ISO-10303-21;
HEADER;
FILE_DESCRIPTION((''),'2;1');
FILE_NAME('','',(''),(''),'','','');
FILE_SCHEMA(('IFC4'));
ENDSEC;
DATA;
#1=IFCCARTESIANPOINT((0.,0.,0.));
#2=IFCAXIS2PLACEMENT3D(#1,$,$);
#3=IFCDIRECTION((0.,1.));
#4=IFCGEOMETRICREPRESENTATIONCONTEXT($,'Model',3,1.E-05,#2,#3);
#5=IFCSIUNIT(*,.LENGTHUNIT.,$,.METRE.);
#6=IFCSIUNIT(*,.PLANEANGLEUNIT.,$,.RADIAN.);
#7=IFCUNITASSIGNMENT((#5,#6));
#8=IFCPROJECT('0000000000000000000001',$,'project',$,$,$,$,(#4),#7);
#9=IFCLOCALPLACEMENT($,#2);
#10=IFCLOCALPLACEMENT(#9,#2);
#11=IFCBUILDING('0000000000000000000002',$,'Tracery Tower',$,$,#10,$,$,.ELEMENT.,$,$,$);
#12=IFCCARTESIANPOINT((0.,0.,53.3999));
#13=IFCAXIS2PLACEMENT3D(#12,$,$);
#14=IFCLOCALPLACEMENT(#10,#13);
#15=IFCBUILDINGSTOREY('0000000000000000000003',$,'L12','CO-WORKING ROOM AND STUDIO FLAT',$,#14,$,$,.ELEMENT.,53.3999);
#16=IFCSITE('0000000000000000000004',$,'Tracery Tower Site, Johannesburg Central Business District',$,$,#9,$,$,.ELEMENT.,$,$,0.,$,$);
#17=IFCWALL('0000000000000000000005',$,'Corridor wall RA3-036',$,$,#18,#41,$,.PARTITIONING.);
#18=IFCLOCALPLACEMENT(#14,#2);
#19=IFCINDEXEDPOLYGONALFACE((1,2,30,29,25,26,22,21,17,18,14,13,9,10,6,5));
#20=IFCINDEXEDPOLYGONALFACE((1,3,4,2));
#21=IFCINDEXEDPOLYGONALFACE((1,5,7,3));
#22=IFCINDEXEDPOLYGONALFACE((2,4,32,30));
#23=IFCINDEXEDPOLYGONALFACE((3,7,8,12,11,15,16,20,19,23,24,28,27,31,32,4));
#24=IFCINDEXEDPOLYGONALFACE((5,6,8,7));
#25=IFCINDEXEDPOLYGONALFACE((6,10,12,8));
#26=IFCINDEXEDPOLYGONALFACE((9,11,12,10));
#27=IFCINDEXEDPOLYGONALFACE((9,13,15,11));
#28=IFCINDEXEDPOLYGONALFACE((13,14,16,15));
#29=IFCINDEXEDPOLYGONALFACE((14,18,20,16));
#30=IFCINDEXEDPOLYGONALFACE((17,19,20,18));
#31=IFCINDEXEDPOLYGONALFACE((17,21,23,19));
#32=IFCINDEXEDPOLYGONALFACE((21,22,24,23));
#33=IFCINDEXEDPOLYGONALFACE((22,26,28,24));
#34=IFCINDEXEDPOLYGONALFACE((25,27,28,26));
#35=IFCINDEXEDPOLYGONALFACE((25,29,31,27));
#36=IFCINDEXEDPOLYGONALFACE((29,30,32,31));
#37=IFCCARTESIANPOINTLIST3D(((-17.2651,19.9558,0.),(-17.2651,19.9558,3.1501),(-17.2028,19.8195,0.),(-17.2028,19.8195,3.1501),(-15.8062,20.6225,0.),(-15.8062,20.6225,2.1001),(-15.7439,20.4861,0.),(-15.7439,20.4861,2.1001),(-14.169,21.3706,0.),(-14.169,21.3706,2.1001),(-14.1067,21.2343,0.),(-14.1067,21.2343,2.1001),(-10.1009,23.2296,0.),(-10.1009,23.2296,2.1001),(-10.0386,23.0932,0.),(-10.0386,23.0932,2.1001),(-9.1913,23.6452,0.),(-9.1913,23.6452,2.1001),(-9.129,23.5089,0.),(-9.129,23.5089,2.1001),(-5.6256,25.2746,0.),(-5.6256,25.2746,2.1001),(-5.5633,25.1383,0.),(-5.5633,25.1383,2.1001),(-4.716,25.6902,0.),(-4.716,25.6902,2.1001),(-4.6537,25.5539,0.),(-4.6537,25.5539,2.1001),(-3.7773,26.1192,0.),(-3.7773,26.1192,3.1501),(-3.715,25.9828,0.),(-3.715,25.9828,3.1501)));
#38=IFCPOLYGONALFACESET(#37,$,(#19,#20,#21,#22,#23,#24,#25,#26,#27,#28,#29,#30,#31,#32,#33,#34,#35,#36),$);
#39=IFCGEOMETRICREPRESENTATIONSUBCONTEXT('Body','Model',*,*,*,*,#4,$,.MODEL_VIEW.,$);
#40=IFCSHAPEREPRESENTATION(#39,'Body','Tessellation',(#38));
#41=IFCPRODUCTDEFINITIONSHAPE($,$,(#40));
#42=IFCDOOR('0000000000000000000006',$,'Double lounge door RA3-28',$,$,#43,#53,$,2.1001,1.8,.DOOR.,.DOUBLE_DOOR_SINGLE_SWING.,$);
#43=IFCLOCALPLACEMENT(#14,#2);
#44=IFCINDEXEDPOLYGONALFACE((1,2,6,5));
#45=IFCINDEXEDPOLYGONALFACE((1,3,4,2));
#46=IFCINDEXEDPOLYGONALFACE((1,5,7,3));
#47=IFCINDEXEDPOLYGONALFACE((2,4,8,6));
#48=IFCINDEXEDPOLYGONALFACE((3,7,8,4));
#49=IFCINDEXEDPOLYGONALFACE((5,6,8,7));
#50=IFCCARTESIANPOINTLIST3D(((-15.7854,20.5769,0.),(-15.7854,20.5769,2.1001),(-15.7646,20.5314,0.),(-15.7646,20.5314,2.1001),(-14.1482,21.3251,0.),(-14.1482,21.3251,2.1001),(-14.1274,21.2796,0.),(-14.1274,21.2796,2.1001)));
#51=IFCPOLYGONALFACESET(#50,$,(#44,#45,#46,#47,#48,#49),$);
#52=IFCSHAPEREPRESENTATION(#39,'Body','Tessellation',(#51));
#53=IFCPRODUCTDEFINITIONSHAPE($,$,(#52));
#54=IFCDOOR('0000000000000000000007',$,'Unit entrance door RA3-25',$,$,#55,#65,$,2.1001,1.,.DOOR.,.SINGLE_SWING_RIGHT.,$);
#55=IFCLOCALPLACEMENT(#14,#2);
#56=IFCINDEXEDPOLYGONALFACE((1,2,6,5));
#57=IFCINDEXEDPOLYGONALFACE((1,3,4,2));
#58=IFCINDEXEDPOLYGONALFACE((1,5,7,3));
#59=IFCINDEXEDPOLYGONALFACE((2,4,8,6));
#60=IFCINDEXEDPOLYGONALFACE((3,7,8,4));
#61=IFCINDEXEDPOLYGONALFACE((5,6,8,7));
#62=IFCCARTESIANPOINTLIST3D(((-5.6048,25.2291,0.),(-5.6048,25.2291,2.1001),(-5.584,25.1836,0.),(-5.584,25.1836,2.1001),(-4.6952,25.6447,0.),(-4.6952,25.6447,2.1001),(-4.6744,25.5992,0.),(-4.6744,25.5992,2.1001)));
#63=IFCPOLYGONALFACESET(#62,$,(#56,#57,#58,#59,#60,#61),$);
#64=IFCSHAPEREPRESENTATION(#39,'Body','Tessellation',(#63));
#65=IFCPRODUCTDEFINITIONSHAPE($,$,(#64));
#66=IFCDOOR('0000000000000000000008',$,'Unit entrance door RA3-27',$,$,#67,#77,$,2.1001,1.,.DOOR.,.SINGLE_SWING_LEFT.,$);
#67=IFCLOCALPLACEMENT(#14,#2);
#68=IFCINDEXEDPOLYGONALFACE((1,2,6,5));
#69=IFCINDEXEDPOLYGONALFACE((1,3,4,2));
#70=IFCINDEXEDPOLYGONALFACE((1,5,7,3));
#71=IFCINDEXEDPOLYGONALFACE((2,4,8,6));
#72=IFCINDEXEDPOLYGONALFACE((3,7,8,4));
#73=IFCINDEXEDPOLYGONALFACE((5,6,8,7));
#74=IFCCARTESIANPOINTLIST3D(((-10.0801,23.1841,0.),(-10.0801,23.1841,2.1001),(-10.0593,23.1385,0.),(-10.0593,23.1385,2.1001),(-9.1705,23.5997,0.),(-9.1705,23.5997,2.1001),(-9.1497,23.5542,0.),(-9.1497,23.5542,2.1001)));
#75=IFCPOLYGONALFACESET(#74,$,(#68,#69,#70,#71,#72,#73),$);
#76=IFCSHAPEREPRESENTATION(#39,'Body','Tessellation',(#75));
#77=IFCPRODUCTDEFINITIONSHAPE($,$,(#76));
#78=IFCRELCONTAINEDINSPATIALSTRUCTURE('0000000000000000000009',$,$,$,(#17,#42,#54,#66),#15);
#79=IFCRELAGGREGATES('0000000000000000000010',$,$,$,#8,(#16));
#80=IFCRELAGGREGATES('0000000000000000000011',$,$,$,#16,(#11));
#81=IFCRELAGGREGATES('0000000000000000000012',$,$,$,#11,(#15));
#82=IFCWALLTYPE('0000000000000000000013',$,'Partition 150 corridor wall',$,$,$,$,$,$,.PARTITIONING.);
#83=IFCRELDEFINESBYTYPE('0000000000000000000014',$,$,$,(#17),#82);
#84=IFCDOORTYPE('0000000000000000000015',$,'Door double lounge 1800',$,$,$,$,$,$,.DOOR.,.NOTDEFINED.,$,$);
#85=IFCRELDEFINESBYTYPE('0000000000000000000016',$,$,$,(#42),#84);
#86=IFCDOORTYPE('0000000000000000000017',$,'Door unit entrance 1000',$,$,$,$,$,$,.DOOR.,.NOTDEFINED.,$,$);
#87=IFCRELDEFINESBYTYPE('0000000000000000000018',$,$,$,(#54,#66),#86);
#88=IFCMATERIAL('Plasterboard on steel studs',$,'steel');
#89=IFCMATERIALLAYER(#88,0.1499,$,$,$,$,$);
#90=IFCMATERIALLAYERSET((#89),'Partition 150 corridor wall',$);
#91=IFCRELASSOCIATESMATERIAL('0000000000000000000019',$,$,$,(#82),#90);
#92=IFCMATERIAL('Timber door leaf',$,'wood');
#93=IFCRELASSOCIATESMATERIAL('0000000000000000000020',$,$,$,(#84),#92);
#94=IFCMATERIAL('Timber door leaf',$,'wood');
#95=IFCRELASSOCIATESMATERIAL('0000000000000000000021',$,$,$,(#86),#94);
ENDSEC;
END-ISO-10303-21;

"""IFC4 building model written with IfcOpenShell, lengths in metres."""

from ifc_helpers import new_model, si_unit, direction, frame, frame_2d, origin, place, context, subcontext, project, spatial, rectangle, extrude, material, layer, layer_set, type_object, element, fill, save


model = new_model("IFC4")

# Units and contexts
model_context = context("Model", 3, precision=1e-05, world=origin(), true_north=direction((0.0, 1.0)))
body_context = subcontext(model_context, "Body", "Model", "MODEL_VIEW")
ifc_project = project(units=[si_unit("LENGTHUNIT", "METRE"), si_unit("PLANEANGLEUNIT", "RADIAN")], contexts=[model_context])

# Site, building, storey
site_placement = place(None, origin())
site = spatial("IfcSite", under=ifc_project, at=site_placement, Name="Tracery Tower Site, Johannesburg Central Business District", CompositionType="ELEMENT", RefElevation=0.0)
building_placement = place(site_placement, origin())
building = spatial("IfcBuilding", under=site, at=building_placement, Name="Tracery Tower", CompositionType="ELEMENT")
storey_placement = place(building_placement, frame((0.0, 0.0, 53.3999)))
storey = spatial("IfcBuildingStorey", under=building, at=storey_placement, Name="L12", Description="CO-WORKING ROOM AND STUDIO FLAT", CompositionType="ELEMENT", Elevation=53.3999)

# Shared definitions
ifc_material_1 = material(Name="Plasterboard on steel studs", Category="steel")
ifc_layer_1 = layer(ifc_material_1, 0.1499)
ifc_layer_set_1 = layer_set([ifc_layer_1], Name="Partition 150 corridor wall")
wall_type_1 = type_object("IfcWallType", Name="Partition 150 corridor wall", PredefinedType="PARTITIONING", material=ifc_layer_set_1)

# Wall, openings, doors
wall_1_placement = place(storey_placement, frame((-17.2339, 19.8877, 0.0), z_axis=(0.0, 0.0, 1.0), x_axis=(0.909539, 0.415619, 0.0)))
wall_1 = element("IfcWall", 1, at=wall_1_placement, inside=storey, type_object=wall_type_1, Name="Corridor wall RA3-036", PredefinedType="PARTITIONING", context=body_context, shape_type="SweptSolid", body=[
    extrude(rectangle(XDim=14.8293, YDim=0.1499, at=frame_2d((7.4146, 0.0))), origin(), (0.0, 0.0, 1.0), 3.1501),
])
opening_1_placement = place(wall_1_placement, frame((12.7971, 0.0, 0.0)))
opening_1 = element("IfcOpeningElement", 2, at=opening_1_placement, cuts=wall_1, PredefinedType="OPENING", context=body_context, shape_type="SweptSolid", body=[
    extrude(rectangle(XDim=1.0, YDim=2.1001, at=frame_2d((0.5, 1.05))), frame((0.0, 0.075, 0.0), z_axis=(0.0, -1.0, 0.0), x_axis=(1.0, 0.0, 0.0)), (0.0, 0.0, 1.0), 0.1499),
])
opening_2_placement = place(wall_1_placement, frame((7.8767, 0.0, 0.0)))
opening_2 = element("IfcOpeningElement", 3, at=opening_2_placement, cuts=wall_1, PredefinedType="OPENING", context=body_context, shape_type="SweptSolid", body=[
    extrude(rectangle(XDim=1.0, YDim=2.1001, at=frame_2d((0.5, 1.05))), frame((0.0, 0.075, 0.0), z_axis=(0.0, -1.0, 0.0), x_axis=(1.0, 0.0, 0.0)), (0.0, 0.0, 1.0), 0.1499),
])
opening_3_placement = place(wall_1_placement, frame((1.604, 0.0, 0.0)))
opening_3 = element("IfcOpeningElement", 4, at=opening_3_placement, cuts=wall_1, PredefinedType="OPENING", context=body_context, shape_type="SweptSolid", body=[
    extrude(rectangle(XDim=1.8, YDim=2.1001, at=frame_2d((0.8999, 1.05))), frame((0.0, 0.075, 0.0), z_axis=(0.0, -1.0, 0.0), x_axis=(1.0, 0.0, 0.0)), (0.0, 0.0, 1.0), 0.1499),
])
ifc_material_2 = material(Name="Timber door leaf", Category="wood")
door_type_1 = type_object("IfcDoorType", Name="Door double lounge 1800", OperationType="NOTDEFINED", PredefinedType="DOOR", material=ifc_material_2)
door_1_placement = place(opening_3_placement, origin())
door_1 = element("IfcDoor", 5, at=door_1_placement, inside=storey, type_object=door_type_1, Name="Double lounge door RA3-28", OperationType="DOUBLE_DOOR_SINGLE_SWING", OverallHeight=2.1001, OverallWidth=1.8, PredefinedType="DOOR", context=body_context, shape_type="SweptSolid", body=[
    extrude(rectangle(XDim=1.8, YDim=2.1001, at=frame_2d((0.8999, 1.05))), frame((0.0, 0.0249, 0.0), z_axis=(0.0, -1.0, 0.0), x_axis=(1.0, 0.0, 0.0)), (0.0, 0.0, 1.0), 0.05),
])
fill(opening_3, door_1)
ifc_material_3 = material(Name="Timber door leaf", Category="wood")
door_type_2 = type_object("IfcDoorType", Name="Door unit entrance 1000", OperationType="NOTDEFINED", PredefinedType="DOOR", material=ifc_material_3)
door_2_placement = place(opening_1_placement, origin())
door_2 = element("IfcDoor", 6, at=door_2_placement, inside=storey, type_object=door_type_2, Name="Unit entrance door RA3-25", OperationType="SINGLE_SWING_RIGHT", OverallHeight=2.1001, OverallWidth=1.0, PredefinedType="DOOR", context=body_context, shape_type="SweptSolid", body=[
    extrude(rectangle(XDim=1.0, YDim=2.1001, at=frame_2d((0.5, 1.05))), frame((0.0, 0.0249, 0.0), z_axis=(0.0, -1.0, 0.0), x_axis=(1.0, 0.0, 0.0)), (0.0, 0.0, 1.0), 0.05),
])
fill(opening_1, door_2)
door_3_placement = place(opening_2_placement, origin())
door_3 = element("IfcDoor", 7, at=door_3_placement, inside=storey, type_object=door_type_2, Name="Unit entrance door RA3-27", OperationType="SINGLE_SWING_LEFT", OverallHeight=2.1001, OverallWidth=1.0, PredefinedType="DOOR", context=body_context, shape_type="SweptSolid", body=[
    extrude(rectangle(XDim=1.0, YDim=2.1001, at=frame_2d((0.5, 1.05))), frame((0.0, 0.0249, 0.0), z_axis=(0.0, -1.0, 0.0), x_axis=(1.0, 0.0, 0.0)), (0.0, 0.0, 1.0), 0.05),
])
fill(opening_2, door_3)

save(model, "model.ifc")
